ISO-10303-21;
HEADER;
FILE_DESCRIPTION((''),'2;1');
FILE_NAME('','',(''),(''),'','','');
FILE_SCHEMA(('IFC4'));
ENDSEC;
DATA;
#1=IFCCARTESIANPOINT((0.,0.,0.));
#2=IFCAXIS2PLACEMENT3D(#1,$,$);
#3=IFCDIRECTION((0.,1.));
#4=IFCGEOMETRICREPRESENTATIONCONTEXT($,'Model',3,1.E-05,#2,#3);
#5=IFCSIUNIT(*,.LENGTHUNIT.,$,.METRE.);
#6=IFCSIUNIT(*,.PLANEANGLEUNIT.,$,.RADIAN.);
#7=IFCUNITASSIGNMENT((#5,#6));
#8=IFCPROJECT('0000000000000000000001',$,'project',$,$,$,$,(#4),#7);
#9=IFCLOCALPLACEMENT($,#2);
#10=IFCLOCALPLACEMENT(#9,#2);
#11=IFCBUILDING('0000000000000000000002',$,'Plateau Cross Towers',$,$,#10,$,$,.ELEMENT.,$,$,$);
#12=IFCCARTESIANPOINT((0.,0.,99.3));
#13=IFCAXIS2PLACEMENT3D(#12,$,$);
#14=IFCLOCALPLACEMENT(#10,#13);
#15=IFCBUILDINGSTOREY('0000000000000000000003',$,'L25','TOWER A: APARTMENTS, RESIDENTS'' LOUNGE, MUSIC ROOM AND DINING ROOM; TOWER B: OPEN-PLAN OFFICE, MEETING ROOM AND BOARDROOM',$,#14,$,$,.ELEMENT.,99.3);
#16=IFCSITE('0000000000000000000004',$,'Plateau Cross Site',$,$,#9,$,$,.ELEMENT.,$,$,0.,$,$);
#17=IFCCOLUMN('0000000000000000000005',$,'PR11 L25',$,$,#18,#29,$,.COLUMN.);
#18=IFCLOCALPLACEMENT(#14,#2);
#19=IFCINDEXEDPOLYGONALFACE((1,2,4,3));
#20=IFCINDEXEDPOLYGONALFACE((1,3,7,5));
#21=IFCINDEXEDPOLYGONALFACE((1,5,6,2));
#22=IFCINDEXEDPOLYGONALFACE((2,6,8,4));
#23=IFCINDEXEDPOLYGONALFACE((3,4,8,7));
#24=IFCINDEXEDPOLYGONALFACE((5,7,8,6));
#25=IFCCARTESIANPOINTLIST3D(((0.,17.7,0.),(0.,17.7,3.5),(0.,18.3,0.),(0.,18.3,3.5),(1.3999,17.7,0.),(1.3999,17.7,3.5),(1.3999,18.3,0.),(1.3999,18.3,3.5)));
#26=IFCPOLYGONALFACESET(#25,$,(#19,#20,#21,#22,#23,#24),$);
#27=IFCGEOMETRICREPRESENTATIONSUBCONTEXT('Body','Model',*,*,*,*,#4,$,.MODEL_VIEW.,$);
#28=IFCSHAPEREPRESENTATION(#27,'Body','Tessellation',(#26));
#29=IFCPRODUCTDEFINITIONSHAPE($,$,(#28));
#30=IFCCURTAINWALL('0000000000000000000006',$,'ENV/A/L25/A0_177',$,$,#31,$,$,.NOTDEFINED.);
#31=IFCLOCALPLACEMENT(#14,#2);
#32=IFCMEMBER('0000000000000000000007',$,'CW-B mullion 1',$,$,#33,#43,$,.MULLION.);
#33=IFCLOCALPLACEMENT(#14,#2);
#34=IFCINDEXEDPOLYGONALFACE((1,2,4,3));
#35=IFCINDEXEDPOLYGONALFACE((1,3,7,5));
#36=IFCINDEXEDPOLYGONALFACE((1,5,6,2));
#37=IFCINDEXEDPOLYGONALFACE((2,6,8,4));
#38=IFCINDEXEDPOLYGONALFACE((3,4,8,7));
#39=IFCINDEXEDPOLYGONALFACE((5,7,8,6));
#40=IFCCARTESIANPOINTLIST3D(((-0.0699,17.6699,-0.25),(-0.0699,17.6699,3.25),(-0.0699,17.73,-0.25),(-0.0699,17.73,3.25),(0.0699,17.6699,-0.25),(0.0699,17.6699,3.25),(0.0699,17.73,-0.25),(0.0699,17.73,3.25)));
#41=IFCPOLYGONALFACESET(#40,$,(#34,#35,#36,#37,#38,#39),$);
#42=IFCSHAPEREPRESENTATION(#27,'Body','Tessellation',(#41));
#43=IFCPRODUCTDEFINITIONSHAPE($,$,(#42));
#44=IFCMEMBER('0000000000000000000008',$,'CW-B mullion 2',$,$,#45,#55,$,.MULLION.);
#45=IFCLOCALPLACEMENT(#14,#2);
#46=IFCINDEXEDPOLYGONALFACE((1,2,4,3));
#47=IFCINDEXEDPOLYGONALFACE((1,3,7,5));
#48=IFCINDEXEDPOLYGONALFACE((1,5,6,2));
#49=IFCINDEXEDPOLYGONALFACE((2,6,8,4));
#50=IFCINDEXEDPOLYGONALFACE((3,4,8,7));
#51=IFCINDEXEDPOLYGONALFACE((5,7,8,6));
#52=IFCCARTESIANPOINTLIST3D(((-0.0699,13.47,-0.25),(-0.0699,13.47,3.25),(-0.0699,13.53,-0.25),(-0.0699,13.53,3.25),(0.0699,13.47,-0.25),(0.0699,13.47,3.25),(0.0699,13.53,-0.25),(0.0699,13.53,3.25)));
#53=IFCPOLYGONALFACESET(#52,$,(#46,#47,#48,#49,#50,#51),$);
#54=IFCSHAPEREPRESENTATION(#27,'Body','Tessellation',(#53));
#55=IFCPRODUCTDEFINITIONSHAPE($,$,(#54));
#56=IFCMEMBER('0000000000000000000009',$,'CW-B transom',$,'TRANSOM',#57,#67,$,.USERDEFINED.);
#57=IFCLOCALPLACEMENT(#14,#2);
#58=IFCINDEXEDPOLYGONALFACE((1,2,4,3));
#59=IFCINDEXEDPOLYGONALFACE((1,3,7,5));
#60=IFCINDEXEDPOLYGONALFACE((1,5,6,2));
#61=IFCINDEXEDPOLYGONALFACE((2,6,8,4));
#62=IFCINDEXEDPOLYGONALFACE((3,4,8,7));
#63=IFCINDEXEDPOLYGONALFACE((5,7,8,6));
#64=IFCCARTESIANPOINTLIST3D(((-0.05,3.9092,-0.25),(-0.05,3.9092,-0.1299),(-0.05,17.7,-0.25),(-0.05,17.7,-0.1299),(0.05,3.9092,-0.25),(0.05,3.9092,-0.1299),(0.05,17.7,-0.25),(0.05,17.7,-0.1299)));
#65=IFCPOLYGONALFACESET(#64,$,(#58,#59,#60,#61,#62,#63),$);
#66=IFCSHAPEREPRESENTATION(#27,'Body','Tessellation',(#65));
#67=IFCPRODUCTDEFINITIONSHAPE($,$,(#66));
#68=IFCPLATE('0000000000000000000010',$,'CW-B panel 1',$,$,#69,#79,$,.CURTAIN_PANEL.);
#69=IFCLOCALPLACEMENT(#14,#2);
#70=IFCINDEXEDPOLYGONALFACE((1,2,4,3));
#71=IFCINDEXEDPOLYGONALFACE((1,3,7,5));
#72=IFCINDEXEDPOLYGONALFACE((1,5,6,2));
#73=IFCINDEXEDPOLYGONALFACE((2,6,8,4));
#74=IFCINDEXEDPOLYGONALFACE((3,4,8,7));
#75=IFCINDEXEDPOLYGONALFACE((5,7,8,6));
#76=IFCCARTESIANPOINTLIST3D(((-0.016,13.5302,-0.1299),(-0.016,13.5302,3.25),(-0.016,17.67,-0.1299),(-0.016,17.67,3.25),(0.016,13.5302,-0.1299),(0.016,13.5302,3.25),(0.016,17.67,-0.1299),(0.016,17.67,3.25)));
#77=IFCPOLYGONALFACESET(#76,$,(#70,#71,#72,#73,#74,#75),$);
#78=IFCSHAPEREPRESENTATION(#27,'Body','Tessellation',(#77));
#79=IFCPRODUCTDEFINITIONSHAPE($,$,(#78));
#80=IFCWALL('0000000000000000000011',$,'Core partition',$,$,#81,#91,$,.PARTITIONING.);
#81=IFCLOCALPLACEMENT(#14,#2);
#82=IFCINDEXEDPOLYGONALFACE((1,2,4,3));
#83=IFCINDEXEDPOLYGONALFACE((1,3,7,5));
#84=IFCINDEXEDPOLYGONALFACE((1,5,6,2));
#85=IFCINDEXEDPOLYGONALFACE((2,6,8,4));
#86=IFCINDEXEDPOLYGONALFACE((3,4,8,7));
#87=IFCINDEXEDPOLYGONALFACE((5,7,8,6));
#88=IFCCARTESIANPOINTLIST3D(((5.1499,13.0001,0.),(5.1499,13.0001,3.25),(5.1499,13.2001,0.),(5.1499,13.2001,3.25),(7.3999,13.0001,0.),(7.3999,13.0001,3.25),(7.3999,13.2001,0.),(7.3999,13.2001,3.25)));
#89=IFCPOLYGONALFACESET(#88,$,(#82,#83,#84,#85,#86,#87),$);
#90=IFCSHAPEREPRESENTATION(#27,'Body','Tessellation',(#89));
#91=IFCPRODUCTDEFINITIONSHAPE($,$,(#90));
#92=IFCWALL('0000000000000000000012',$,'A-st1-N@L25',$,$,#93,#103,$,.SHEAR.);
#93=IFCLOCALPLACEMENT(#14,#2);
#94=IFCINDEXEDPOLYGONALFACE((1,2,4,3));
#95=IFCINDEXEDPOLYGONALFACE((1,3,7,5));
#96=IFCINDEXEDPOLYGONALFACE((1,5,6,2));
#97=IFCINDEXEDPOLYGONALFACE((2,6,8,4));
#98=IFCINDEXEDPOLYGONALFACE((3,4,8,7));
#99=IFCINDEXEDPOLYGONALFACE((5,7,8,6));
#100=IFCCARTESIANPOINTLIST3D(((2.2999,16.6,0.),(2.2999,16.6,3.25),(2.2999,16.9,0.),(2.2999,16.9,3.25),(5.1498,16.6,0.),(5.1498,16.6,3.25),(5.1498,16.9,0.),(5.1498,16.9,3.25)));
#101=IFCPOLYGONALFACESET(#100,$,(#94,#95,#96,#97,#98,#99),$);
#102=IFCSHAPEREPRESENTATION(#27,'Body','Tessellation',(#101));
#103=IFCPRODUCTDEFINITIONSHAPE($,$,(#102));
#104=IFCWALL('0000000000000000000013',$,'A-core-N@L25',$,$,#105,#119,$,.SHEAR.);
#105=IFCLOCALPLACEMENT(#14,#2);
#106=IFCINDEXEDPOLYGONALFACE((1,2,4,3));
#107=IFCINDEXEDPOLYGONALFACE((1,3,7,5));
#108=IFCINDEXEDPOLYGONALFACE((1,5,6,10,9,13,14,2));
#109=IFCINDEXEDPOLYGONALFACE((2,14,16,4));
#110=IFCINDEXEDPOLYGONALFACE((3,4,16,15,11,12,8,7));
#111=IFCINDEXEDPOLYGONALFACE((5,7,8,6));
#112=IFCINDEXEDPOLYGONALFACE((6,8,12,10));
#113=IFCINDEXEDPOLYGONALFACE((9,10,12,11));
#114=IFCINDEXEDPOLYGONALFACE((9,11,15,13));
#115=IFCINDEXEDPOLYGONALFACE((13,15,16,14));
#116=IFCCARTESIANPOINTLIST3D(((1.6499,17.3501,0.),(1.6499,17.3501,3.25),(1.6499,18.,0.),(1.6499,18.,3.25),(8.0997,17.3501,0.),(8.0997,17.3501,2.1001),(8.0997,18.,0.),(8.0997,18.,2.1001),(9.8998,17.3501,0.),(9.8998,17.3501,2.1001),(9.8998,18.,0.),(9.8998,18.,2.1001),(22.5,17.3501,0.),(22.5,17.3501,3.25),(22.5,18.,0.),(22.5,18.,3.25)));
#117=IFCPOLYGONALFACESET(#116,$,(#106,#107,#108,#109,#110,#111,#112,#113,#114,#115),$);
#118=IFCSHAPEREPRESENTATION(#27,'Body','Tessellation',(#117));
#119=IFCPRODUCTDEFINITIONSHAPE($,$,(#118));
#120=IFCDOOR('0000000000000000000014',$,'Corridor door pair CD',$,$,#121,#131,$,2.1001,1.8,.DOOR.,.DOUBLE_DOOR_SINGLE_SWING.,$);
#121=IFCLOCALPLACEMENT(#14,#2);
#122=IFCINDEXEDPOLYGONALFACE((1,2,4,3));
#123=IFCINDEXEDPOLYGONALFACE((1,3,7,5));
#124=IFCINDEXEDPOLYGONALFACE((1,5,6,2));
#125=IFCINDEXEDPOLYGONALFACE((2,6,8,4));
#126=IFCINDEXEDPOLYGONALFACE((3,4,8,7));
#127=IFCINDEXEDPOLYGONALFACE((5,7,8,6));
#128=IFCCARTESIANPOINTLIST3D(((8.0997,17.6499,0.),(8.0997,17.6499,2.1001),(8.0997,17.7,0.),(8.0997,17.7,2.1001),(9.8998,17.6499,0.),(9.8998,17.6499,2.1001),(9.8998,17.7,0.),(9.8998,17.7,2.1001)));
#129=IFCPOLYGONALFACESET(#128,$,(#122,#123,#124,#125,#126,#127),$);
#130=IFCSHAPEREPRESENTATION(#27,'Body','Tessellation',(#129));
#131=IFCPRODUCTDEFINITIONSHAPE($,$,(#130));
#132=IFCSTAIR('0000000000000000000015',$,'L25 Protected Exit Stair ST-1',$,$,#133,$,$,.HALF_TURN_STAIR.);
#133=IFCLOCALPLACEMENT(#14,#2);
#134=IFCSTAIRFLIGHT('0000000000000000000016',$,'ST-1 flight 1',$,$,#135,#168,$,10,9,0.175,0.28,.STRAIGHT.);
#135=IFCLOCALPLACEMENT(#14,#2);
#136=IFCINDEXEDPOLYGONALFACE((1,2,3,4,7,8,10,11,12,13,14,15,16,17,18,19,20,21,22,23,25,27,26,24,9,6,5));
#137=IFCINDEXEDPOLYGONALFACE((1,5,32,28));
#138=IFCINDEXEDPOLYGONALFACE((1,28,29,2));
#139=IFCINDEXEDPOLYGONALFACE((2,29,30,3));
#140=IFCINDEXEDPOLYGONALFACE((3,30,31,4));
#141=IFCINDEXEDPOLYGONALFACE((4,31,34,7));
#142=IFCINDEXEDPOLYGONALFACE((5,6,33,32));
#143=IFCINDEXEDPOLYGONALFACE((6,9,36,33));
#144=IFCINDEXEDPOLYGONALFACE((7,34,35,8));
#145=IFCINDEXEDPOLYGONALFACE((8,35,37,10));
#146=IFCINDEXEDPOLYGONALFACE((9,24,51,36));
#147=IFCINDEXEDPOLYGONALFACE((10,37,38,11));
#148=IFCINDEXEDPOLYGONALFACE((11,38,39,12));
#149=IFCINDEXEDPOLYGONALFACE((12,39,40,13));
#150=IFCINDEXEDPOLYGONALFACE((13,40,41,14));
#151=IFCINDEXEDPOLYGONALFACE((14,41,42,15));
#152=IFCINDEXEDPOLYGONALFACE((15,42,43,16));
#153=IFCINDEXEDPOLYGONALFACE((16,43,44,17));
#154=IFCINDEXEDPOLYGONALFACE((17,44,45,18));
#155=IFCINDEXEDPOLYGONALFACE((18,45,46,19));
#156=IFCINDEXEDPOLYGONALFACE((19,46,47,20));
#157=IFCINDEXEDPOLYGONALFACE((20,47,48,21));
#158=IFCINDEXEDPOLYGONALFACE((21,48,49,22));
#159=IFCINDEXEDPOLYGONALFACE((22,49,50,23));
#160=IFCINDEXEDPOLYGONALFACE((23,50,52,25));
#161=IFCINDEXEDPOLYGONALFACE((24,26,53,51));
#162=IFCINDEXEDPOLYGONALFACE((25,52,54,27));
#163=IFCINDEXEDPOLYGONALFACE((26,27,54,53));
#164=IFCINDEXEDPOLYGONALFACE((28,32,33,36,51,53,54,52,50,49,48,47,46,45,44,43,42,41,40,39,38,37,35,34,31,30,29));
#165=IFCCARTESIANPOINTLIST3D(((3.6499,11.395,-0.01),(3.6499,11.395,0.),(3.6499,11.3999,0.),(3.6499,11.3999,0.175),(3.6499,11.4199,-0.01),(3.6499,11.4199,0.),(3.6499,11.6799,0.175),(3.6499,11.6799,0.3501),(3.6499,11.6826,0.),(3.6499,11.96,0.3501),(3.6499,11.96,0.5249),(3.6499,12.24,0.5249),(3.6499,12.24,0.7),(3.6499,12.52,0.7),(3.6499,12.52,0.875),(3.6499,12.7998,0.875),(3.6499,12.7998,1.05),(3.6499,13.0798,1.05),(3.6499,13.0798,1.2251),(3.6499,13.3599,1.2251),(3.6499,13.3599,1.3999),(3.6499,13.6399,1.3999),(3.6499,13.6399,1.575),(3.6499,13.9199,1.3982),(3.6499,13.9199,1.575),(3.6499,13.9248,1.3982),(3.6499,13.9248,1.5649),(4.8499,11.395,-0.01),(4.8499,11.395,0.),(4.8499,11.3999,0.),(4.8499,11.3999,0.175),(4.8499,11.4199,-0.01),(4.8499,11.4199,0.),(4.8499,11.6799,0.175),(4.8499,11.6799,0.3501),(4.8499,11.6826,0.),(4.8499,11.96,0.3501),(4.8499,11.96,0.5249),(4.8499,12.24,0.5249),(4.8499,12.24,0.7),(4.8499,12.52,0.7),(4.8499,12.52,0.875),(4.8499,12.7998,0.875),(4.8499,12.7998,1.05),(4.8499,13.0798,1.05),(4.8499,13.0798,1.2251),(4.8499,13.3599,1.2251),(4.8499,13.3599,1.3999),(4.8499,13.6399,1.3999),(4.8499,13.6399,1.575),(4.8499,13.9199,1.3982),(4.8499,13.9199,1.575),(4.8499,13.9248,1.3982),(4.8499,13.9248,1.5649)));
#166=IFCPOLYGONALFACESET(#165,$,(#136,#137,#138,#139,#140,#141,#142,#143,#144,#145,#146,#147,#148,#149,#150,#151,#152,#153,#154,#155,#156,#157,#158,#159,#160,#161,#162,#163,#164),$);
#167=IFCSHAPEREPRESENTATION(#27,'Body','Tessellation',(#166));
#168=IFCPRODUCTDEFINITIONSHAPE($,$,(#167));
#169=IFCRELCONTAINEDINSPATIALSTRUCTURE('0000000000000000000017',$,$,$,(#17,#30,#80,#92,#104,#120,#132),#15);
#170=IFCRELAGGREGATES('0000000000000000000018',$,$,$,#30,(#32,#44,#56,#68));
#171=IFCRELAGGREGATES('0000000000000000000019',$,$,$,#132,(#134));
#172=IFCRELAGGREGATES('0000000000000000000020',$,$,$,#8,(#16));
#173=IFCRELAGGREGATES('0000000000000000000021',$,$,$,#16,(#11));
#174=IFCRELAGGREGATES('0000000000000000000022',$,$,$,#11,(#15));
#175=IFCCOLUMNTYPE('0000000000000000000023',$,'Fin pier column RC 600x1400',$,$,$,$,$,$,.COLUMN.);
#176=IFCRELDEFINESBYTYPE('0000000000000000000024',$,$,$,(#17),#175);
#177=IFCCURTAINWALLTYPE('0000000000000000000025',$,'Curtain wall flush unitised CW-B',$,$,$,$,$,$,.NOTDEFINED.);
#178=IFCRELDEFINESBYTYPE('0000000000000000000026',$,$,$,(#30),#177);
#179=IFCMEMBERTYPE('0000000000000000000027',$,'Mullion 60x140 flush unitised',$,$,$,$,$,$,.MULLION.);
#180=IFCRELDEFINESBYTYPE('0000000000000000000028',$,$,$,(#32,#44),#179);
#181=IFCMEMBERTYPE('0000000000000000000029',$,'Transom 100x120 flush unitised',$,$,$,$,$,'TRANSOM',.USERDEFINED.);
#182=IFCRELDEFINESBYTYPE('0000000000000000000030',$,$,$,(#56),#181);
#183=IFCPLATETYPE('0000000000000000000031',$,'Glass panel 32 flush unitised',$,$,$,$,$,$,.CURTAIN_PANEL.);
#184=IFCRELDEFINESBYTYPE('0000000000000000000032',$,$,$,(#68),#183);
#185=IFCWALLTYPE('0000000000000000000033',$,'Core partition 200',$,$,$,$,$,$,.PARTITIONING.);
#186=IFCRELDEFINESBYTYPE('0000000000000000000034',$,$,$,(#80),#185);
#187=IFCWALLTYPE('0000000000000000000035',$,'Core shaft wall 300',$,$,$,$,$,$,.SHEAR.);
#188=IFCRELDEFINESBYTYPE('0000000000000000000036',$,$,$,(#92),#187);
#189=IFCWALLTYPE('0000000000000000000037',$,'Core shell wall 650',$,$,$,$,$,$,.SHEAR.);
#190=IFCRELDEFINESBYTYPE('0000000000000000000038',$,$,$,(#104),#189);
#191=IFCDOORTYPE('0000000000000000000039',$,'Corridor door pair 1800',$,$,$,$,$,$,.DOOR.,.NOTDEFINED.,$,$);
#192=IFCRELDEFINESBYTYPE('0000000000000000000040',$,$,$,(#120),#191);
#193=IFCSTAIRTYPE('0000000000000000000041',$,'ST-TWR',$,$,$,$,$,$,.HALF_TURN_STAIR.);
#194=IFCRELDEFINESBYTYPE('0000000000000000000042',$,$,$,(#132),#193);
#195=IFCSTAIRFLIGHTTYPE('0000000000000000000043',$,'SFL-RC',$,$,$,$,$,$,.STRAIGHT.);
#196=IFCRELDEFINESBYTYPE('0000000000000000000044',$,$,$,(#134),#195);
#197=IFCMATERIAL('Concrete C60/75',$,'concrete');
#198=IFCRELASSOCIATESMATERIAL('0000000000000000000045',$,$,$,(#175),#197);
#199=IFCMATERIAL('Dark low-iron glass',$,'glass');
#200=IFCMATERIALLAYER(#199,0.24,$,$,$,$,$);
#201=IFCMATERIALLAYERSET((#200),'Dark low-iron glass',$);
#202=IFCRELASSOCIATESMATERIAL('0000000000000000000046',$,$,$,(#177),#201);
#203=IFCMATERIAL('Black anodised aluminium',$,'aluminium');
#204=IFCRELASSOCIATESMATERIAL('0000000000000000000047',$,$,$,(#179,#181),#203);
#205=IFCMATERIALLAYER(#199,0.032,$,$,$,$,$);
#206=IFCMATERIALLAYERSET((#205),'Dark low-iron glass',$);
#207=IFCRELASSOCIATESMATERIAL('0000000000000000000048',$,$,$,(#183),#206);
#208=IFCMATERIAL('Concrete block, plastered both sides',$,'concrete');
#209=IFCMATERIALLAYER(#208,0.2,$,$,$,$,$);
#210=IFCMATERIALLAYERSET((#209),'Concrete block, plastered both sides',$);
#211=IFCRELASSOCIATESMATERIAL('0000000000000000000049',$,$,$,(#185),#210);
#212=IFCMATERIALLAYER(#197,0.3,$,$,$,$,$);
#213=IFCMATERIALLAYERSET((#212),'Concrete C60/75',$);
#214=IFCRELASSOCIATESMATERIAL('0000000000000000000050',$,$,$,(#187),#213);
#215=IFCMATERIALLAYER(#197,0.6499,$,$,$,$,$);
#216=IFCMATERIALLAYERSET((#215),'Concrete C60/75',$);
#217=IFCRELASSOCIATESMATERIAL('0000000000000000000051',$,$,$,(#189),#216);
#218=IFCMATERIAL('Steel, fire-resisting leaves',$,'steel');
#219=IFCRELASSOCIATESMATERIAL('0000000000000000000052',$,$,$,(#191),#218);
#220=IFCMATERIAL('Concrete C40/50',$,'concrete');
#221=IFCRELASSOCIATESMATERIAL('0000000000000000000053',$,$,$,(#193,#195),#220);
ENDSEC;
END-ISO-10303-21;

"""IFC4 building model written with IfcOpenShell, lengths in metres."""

from ifc_helpers import new_model, si_unit, direction, frame, frame_2d, origin, origin_2d, place, context, subcontext, project, spatial, polyline, rectangle, outline, extrude, material, layer, layer_set, material_profile, profile_set, type_object, element, fill, aggregate, save


model = new_model("IFC4")

# Units and contexts
model_context = context("Model", 3, precision=1e-05, world=origin(), true_north=direction((0.0, 1.0)))
body_context = subcontext(model_context, "Body", "Model", "MODEL_VIEW")
ifc_project = project(units=[si_unit("LENGTHUNIT", "METRE"), si_unit("PLANEANGLEUNIT", "RADIAN")], contexts=[model_context])

# Site, building, storey
site_placement = place(None, origin())
site = spatial("IfcSite", under=ifc_project, at=site_placement, Name="Plateau Cross Site", CompositionType="ELEMENT", RefElevation=0.0)
building_placement = place(site_placement, origin())
building = spatial("IfcBuilding", under=site, at=building_placement, Name="Plateau Cross Towers", CompositionType="ELEMENT")
storey_placement = place(building_placement, frame((0.0, 0.0, 99.3)))
storey = spatial("IfcBuildingStorey", under=building, at=storey_placement, Name="L25", Description="TOWER A: APARTMENTS, RESIDENTS' LOUNGE, MUSIC ROOM AND DINING ROOM; TOWER B: OPEN-PLAN OFFICE, MEETING ROOM AND BOARDROOM", CompositionType="ELEMENT", Elevation=99.3)

# Column
ifc_material_1 = material(Name="Concrete C60/75", Category="concrete")
ifc_material_profile_1 = material_profile(ifc_material_1, rectangle(XDim=0.6001, YDim=1.3999, at=origin_2d()), Name="RC 600x1400")
ifc_profile_set_1 = profile_set([ifc_material_profile_1], Name="Concrete C60/75")
column_type = type_object("IfcColumnType", Name="Fin pier column RC 600x1400", PredefinedType="COLUMN", material=ifc_profile_set_1)
column_placement = place(storey_placement, frame((0.7, 18.0, 0.0), z_axis=(0.0, 0.0, 1.0), x_axis=(0.0, 1.0, 0.0)))
element("IfcColumn", 1, at=column_placement, inside=storey, type_object=column_type, Name="PR11 L25", PredefinedType="COLUMN", context=body_context, shape_type="SweptSolid", body=[
    extrude(rectangle(XDim=0.6001, YDim=1.3999, at=origin_2d()), origin(), (0.0, 0.0, 1.0), 3.5),
])

# Curtain wall, members, plate
ifc_material_2 = material(Name="Dark low-iron glass", Category="glass")
ifc_layer_1 = layer(ifc_material_2, 0.24)
ifc_layer_set_1 = layer_set([ifc_layer_1], Name="Dark low-iron glass")
curtain_wall_type = type_object("IfcCurtainWallType", Name="Curtain wall flush unitised CW-B", PredefinedType="NOTDEFINED", material=ifc_layer_set_1)
curtain_wall_placement = place(storey_placement, origin())
curtain_wall = element("IfcCurtainWall", 2, at=curtain_wall_placement, inside=storey, type_object=curtain_wall_type, Name="ENV/A/L25/A0_177", PredefinedType="NOTDEFINED")
ifc_material_3 = material(Name="Black anodised aluminium", Category="aluminium")
ifc_material_profile_2 = material_profile(ifc_material_3, rectangle(XDim=0.0601, YDim=0.1399, at=origin_2d()), Name="MULLION 60x140")
ifc_profile_set_2 = profile_set([ifc_material_profile_2], Name="Black anodised aluminium")
member_type_1 = type_object("IfcMemberType", Name="Mullion 60x140 flush unitised", PredefinedType="MULLION", material=ifc_profile_set_2)
member_1_placement = place(storey_placement, frame((0.0, 17.7, -0.25), z_axis=(0.0, 0.0, 1.0), x_axis=(0.0, -1.0, 0.0)))
member_1 = element("IfcMember", 3, at=member_1_placement, type_object=member_type_1, Name="CW-B mullion 1", PredefinedType="MULLION", context=body_context, shape_type="SweptSolid", body=[
    extrude(rectangle(XDim=0.0601, YDim=0.1399, at=origin_2d()), origin(), (0.0, 0.0, 1.0), 3.5),
])
member_2_placement = place(storey_placement, frame((0.0, 13.5, -0.25), z_axis=(0.0, 0.0, 1.0), x_axis=(0.0, -1.0, 0.0)))
member_2 = element("IfcMember", 4, at=member_2_placement, type_object=member_type_1, Name="CW-B mullion 2", PredefinedType="MULLION", context=body_context, shape_type="SweptSolid", body=[
    extrude(rectangle(XDim=0.0601, YDim=0.1399, at=origin_2d()), origin(), (0.0, 0.0, 1.0), 3.5),
])
ifc_material_profile_3 = material_profile(ifc_material_3, rectangle(XDim=0.1001, YDim=0.1201, at=origin_2d()), Name="TRANSOM 100x120")
ifc_profile_set_3 = profile_set([ifc_material_profile_3], Name="Black anodised aluminium")
member_type_2 = type_object("IfcMemberType", Name="Transom 100x120 flush unitised", ElementType="TRANSOM", PredefinedType="USERDEFINED", material=ifc_profile_set_3)
member_3_placement = place(storey_placement, frame((0.0, 17.7, -0.1899), z_axis=(0.0, -1.0, 0.0), x_axis=(1.0, 0.0, 0.0)))
member_3 = element("IfcMember", 5, at=member_3_placement, type_object=member_type_2, Name="CW-B transom", ObjectType="TRANSOM", PredefinedType="USERDEFINED", context=body_context, shape_type="SweptSolid", body=[
    extrude(rectangle(XDim=0.1001, YDim=0.1201, at=origin_2d()), origin(), (0.0, 0.0, 1.0), 13.7908),
])
ifc_layer_2 = layer(ifc_material_2, 0.032)
ifc_layer_set_2 = layer_set([ifc_layer_2], Name="Dark low-iron glass")
plate_type = type_object("IfcPlateType", Name="Glass panel 32 flush unitised", PredefinedType="CURTAIN_PANEL", material=ifc_layer_set_2)
plate_placement = place(storey_placement, frame((0.0, 15.6001, -0.1299), z_axis=(0.0, 0.0, 1.0), x_axis=(0.0, -1.0, 0.0)))
plate = element("IfcPlate", 6, at=plate_placement, type_object=plate_type, Name="CW-B panel 1", PredefinedType="CURTAIN_PANEL", context=body_context, shape_type="SweptSolid", body=[
    extrude(rectangle(XDim=4.1399, YDim=0.032, at=origin_2d()), origin(), (0.0, 0.0, 1.0), 3.3799),
])
aggregate(curtain_wall, [member_1, member_2, member_3, plate])

# Walls
ifc_material_4 = material(Name="Concrete block, plastered both sides", Category="concrete")
ifc_layer_3 = layer(ifc_material_4, 0.2)
ifc_layer_set_3 = layer_set([ifc_layer_3], Name="Concrete block, plastered both sides")
wall_type_1 = type_object("IfcWallType", Name="Core partition 200", PredefinedType="PARTITIONING", material=ifc_layer_set_3)
wall_1_placement = place(storey_placement, frame((5.1499, 13.1001, 0.0), z_axis=(0.0, 0.0, 1.0), x_axis=(1.0, 0.0, 0.0)))
element("IfcWall", 7, at=wall_1_placement, inside=storey, type_object=wall_type_1, Name="Core partition", PredefinedType="PARTITIONING", context=body_context, shape_type="SweptSolid", body=[
    extrude(rectangle(XDim=2.25, YDim=0.2, at=frame_2d((1.125, 0.0))), origin(), (0.0, 0.0, 1.0), 3.25),
])
ifc_layer_4 = layer(ifc_material_1, 0.3)
ifc_layer_set_4 = layer_set([ifc_layer_4], Name="Concrete C60/75")
wall_type_2 = type_object("IfcWallType", Name="Core shaft wall 300", PredefinedType="SHEAR", material=ifc_layer_set_4)
wall_2_placement = place(storey_placement, frame((2.3, 16.75, 0.0), z_axis=(0.0, 0.0, 1.0), x_axis=(1.0, 0.0, 0.0)))
element("IfcWall", 8, at=wall_2_placement, inside=storey, type_object=wall_type_2, Name="A-st1-N@L25", PredefinedType="SHEAR", context=body_context, shape_type="SweptSolid", body=[
    extrude(rectangle(XDim=2.8499, YDim=0.3, at=frame_2d((1.4248, 0.0))), origin(), (0.0, 0.0, 1.0), 3.25),
])

# Wall, opening, door
ifc_layer_5 = layer(ifc_material_1, 0.6499)
ifc_layer_set_5 = layer_set([ifc_layer_5], Name="Concrete C60/75")
wall_type_3 = type_object("IfcWallType", Name="Core shell wall 650", PredefinedType="SHEAR", material=ifc_layer_set_5)
wall_3_placement = place(storey_placement, frame((1.6499, 17.675, 0.0), z_axis=(0.0, 0.0, 1.0), x_axis=(1.0, 0.0, 0.0)))
wall_3 = element("IfcWall", 9, at=wall_3_placement, inside=storey, type_object=wall_type_3, Name="A-core-N@L25", PredefinedType="SHEAR", context=body_context, shape_type="SweptSolid", body=[
    extrude(rectangle(XDim=20.8501, YDim=0.6499, at=frame_2d((10.425, 0.0))), origin(), (0.0, 0.0, 1.0), 3.25),
])
opening_placement = place(wall_3_placement, frame((6.45, 0.0, 0.0)))
opening = element("IfcOpeningElement", 10, at=opening_placement, cuts=wall_3, PredefinedType="OPENING", context=body_context, shape_type="SweptSolid", body=[
    extrude(rectangle(XDim=1.8, YDim=2.1001, at=frame_2d((0.8999, 1.05))), frame((0.0, 0.335, 0.0), z_axis=(0.0, -1.0, 0.0), x_axis=(1.0, 0.0, 0.0)), (0.0, 0.0, 1.0), 0.6699),
])
ifc_material_5 = material(Name="Steel, fire-resisting leaves", Category="steel")
door_type = type_object("IfcDoorType", Name="Corridor door pair 1800", OperationType="NOTDEFINED", PredefinedType="DOOR", material=ifc_material_5)
door_placement = place(opening_placement, origin())
door = element("IfcDoor", 11, at=door_placement, inside=storey, type_object=door_type, Name="Corridor door pair CD", OperationType="DOUBLE_DOOR_SINGLE_SWING", OverallHeight=2.1001, OverallWidth=1.8, PredefinedType="DOOR", context=body_context, shape_type="SweptSolid", body=[
    extrude(rectangle(XDim=1.8, YDim=2.1001, at=frame_2d((0.8999, 1.05))), frame((0.0, 0.0249, 0.0), z_axis=(0.0, -1.0, 0.0), x_axis=(1.0, 0.0, 0.0)), (0.0, 0.0, 1.0), 0.05),
])
fill(opening, door)

# Stair, stair flight
ifc_material_6 = material(Name="Concrete C40/50", Category="concrete")
stair_type = type_object("IfcStairType", Name="ST-TWR", PredefinedType="HALF_TURN_STAIR", material=ifc_material_6)
stair_placement = place(storey_placement, origin())
stair = element("IfcStair", 12, at=stair_placement, inside=storey, type_object=stair_type, Name="L25 Protected Exit Stair ST-1", PredefinedType="HALF_TURN_STAIR")
stair_flight_type = type_object("IfcStairFlightType", Name="SFL-RC", PredefinedType="STRAIGHT", material=ifc_material_6)
stair_flight_1_placement = place(storey_placement, frame((4.25, 11.3999, 0.0), z_axis=(0.0, 0.0, 1.0), x_axis=(0.0, 1.0, 0.0)))
stair_flight_1 = element("IfcStairFlight", 13, at=stair_flight_1_placement, type_object=stair_flight_type, Name="ST-1 flight 1", NumberOfRisers=10, NumberOfTreads=9, PredefinedType="STRAIGHT", RiserHeight=0.175, TreadLength=0.28, context=body_context, shape_type="SweptSolid", body=[
    extrude(outline(polyline([(-0.0049, -0.01), (-0.0049, 0.0), (0.0, 0.0), (0.0, 0.175), (0.28, 0.175), (0.28, 0.3501), (0.5601, 0.3501), (0.5601, 0.5249), (0.8401, 0.5249), (0.8401, 0.7), (1.1201, 0.7), (1.1201, 0.875), (1.3999, 0.875), (1.3999, 1.05), (1.6799, 1.05), (1.6799, 1.2251), (1.96, 1.2251), (1.96, 1.3999), (2.24, 1.3999), (2.24, 1.575), (2.52, 1.575), (2.5249, 1.5649), (2.5249, 1.3982), (2.52, 1.3982), (0.2827, 0.0), (0.02, 0.0), (0.02, -0.01), (-0.0049, -0.01)])), frame((0.0, 0.6001, 0.0), z_axis=(0.0, -1.0, 0.0), x_axis=(1.0, 0.0, 0.0)), (0.0, 0.0, 1.0), 1.2),
])
aggregate(stair, [stair_flight_1])

save(model, "model.ifc")
